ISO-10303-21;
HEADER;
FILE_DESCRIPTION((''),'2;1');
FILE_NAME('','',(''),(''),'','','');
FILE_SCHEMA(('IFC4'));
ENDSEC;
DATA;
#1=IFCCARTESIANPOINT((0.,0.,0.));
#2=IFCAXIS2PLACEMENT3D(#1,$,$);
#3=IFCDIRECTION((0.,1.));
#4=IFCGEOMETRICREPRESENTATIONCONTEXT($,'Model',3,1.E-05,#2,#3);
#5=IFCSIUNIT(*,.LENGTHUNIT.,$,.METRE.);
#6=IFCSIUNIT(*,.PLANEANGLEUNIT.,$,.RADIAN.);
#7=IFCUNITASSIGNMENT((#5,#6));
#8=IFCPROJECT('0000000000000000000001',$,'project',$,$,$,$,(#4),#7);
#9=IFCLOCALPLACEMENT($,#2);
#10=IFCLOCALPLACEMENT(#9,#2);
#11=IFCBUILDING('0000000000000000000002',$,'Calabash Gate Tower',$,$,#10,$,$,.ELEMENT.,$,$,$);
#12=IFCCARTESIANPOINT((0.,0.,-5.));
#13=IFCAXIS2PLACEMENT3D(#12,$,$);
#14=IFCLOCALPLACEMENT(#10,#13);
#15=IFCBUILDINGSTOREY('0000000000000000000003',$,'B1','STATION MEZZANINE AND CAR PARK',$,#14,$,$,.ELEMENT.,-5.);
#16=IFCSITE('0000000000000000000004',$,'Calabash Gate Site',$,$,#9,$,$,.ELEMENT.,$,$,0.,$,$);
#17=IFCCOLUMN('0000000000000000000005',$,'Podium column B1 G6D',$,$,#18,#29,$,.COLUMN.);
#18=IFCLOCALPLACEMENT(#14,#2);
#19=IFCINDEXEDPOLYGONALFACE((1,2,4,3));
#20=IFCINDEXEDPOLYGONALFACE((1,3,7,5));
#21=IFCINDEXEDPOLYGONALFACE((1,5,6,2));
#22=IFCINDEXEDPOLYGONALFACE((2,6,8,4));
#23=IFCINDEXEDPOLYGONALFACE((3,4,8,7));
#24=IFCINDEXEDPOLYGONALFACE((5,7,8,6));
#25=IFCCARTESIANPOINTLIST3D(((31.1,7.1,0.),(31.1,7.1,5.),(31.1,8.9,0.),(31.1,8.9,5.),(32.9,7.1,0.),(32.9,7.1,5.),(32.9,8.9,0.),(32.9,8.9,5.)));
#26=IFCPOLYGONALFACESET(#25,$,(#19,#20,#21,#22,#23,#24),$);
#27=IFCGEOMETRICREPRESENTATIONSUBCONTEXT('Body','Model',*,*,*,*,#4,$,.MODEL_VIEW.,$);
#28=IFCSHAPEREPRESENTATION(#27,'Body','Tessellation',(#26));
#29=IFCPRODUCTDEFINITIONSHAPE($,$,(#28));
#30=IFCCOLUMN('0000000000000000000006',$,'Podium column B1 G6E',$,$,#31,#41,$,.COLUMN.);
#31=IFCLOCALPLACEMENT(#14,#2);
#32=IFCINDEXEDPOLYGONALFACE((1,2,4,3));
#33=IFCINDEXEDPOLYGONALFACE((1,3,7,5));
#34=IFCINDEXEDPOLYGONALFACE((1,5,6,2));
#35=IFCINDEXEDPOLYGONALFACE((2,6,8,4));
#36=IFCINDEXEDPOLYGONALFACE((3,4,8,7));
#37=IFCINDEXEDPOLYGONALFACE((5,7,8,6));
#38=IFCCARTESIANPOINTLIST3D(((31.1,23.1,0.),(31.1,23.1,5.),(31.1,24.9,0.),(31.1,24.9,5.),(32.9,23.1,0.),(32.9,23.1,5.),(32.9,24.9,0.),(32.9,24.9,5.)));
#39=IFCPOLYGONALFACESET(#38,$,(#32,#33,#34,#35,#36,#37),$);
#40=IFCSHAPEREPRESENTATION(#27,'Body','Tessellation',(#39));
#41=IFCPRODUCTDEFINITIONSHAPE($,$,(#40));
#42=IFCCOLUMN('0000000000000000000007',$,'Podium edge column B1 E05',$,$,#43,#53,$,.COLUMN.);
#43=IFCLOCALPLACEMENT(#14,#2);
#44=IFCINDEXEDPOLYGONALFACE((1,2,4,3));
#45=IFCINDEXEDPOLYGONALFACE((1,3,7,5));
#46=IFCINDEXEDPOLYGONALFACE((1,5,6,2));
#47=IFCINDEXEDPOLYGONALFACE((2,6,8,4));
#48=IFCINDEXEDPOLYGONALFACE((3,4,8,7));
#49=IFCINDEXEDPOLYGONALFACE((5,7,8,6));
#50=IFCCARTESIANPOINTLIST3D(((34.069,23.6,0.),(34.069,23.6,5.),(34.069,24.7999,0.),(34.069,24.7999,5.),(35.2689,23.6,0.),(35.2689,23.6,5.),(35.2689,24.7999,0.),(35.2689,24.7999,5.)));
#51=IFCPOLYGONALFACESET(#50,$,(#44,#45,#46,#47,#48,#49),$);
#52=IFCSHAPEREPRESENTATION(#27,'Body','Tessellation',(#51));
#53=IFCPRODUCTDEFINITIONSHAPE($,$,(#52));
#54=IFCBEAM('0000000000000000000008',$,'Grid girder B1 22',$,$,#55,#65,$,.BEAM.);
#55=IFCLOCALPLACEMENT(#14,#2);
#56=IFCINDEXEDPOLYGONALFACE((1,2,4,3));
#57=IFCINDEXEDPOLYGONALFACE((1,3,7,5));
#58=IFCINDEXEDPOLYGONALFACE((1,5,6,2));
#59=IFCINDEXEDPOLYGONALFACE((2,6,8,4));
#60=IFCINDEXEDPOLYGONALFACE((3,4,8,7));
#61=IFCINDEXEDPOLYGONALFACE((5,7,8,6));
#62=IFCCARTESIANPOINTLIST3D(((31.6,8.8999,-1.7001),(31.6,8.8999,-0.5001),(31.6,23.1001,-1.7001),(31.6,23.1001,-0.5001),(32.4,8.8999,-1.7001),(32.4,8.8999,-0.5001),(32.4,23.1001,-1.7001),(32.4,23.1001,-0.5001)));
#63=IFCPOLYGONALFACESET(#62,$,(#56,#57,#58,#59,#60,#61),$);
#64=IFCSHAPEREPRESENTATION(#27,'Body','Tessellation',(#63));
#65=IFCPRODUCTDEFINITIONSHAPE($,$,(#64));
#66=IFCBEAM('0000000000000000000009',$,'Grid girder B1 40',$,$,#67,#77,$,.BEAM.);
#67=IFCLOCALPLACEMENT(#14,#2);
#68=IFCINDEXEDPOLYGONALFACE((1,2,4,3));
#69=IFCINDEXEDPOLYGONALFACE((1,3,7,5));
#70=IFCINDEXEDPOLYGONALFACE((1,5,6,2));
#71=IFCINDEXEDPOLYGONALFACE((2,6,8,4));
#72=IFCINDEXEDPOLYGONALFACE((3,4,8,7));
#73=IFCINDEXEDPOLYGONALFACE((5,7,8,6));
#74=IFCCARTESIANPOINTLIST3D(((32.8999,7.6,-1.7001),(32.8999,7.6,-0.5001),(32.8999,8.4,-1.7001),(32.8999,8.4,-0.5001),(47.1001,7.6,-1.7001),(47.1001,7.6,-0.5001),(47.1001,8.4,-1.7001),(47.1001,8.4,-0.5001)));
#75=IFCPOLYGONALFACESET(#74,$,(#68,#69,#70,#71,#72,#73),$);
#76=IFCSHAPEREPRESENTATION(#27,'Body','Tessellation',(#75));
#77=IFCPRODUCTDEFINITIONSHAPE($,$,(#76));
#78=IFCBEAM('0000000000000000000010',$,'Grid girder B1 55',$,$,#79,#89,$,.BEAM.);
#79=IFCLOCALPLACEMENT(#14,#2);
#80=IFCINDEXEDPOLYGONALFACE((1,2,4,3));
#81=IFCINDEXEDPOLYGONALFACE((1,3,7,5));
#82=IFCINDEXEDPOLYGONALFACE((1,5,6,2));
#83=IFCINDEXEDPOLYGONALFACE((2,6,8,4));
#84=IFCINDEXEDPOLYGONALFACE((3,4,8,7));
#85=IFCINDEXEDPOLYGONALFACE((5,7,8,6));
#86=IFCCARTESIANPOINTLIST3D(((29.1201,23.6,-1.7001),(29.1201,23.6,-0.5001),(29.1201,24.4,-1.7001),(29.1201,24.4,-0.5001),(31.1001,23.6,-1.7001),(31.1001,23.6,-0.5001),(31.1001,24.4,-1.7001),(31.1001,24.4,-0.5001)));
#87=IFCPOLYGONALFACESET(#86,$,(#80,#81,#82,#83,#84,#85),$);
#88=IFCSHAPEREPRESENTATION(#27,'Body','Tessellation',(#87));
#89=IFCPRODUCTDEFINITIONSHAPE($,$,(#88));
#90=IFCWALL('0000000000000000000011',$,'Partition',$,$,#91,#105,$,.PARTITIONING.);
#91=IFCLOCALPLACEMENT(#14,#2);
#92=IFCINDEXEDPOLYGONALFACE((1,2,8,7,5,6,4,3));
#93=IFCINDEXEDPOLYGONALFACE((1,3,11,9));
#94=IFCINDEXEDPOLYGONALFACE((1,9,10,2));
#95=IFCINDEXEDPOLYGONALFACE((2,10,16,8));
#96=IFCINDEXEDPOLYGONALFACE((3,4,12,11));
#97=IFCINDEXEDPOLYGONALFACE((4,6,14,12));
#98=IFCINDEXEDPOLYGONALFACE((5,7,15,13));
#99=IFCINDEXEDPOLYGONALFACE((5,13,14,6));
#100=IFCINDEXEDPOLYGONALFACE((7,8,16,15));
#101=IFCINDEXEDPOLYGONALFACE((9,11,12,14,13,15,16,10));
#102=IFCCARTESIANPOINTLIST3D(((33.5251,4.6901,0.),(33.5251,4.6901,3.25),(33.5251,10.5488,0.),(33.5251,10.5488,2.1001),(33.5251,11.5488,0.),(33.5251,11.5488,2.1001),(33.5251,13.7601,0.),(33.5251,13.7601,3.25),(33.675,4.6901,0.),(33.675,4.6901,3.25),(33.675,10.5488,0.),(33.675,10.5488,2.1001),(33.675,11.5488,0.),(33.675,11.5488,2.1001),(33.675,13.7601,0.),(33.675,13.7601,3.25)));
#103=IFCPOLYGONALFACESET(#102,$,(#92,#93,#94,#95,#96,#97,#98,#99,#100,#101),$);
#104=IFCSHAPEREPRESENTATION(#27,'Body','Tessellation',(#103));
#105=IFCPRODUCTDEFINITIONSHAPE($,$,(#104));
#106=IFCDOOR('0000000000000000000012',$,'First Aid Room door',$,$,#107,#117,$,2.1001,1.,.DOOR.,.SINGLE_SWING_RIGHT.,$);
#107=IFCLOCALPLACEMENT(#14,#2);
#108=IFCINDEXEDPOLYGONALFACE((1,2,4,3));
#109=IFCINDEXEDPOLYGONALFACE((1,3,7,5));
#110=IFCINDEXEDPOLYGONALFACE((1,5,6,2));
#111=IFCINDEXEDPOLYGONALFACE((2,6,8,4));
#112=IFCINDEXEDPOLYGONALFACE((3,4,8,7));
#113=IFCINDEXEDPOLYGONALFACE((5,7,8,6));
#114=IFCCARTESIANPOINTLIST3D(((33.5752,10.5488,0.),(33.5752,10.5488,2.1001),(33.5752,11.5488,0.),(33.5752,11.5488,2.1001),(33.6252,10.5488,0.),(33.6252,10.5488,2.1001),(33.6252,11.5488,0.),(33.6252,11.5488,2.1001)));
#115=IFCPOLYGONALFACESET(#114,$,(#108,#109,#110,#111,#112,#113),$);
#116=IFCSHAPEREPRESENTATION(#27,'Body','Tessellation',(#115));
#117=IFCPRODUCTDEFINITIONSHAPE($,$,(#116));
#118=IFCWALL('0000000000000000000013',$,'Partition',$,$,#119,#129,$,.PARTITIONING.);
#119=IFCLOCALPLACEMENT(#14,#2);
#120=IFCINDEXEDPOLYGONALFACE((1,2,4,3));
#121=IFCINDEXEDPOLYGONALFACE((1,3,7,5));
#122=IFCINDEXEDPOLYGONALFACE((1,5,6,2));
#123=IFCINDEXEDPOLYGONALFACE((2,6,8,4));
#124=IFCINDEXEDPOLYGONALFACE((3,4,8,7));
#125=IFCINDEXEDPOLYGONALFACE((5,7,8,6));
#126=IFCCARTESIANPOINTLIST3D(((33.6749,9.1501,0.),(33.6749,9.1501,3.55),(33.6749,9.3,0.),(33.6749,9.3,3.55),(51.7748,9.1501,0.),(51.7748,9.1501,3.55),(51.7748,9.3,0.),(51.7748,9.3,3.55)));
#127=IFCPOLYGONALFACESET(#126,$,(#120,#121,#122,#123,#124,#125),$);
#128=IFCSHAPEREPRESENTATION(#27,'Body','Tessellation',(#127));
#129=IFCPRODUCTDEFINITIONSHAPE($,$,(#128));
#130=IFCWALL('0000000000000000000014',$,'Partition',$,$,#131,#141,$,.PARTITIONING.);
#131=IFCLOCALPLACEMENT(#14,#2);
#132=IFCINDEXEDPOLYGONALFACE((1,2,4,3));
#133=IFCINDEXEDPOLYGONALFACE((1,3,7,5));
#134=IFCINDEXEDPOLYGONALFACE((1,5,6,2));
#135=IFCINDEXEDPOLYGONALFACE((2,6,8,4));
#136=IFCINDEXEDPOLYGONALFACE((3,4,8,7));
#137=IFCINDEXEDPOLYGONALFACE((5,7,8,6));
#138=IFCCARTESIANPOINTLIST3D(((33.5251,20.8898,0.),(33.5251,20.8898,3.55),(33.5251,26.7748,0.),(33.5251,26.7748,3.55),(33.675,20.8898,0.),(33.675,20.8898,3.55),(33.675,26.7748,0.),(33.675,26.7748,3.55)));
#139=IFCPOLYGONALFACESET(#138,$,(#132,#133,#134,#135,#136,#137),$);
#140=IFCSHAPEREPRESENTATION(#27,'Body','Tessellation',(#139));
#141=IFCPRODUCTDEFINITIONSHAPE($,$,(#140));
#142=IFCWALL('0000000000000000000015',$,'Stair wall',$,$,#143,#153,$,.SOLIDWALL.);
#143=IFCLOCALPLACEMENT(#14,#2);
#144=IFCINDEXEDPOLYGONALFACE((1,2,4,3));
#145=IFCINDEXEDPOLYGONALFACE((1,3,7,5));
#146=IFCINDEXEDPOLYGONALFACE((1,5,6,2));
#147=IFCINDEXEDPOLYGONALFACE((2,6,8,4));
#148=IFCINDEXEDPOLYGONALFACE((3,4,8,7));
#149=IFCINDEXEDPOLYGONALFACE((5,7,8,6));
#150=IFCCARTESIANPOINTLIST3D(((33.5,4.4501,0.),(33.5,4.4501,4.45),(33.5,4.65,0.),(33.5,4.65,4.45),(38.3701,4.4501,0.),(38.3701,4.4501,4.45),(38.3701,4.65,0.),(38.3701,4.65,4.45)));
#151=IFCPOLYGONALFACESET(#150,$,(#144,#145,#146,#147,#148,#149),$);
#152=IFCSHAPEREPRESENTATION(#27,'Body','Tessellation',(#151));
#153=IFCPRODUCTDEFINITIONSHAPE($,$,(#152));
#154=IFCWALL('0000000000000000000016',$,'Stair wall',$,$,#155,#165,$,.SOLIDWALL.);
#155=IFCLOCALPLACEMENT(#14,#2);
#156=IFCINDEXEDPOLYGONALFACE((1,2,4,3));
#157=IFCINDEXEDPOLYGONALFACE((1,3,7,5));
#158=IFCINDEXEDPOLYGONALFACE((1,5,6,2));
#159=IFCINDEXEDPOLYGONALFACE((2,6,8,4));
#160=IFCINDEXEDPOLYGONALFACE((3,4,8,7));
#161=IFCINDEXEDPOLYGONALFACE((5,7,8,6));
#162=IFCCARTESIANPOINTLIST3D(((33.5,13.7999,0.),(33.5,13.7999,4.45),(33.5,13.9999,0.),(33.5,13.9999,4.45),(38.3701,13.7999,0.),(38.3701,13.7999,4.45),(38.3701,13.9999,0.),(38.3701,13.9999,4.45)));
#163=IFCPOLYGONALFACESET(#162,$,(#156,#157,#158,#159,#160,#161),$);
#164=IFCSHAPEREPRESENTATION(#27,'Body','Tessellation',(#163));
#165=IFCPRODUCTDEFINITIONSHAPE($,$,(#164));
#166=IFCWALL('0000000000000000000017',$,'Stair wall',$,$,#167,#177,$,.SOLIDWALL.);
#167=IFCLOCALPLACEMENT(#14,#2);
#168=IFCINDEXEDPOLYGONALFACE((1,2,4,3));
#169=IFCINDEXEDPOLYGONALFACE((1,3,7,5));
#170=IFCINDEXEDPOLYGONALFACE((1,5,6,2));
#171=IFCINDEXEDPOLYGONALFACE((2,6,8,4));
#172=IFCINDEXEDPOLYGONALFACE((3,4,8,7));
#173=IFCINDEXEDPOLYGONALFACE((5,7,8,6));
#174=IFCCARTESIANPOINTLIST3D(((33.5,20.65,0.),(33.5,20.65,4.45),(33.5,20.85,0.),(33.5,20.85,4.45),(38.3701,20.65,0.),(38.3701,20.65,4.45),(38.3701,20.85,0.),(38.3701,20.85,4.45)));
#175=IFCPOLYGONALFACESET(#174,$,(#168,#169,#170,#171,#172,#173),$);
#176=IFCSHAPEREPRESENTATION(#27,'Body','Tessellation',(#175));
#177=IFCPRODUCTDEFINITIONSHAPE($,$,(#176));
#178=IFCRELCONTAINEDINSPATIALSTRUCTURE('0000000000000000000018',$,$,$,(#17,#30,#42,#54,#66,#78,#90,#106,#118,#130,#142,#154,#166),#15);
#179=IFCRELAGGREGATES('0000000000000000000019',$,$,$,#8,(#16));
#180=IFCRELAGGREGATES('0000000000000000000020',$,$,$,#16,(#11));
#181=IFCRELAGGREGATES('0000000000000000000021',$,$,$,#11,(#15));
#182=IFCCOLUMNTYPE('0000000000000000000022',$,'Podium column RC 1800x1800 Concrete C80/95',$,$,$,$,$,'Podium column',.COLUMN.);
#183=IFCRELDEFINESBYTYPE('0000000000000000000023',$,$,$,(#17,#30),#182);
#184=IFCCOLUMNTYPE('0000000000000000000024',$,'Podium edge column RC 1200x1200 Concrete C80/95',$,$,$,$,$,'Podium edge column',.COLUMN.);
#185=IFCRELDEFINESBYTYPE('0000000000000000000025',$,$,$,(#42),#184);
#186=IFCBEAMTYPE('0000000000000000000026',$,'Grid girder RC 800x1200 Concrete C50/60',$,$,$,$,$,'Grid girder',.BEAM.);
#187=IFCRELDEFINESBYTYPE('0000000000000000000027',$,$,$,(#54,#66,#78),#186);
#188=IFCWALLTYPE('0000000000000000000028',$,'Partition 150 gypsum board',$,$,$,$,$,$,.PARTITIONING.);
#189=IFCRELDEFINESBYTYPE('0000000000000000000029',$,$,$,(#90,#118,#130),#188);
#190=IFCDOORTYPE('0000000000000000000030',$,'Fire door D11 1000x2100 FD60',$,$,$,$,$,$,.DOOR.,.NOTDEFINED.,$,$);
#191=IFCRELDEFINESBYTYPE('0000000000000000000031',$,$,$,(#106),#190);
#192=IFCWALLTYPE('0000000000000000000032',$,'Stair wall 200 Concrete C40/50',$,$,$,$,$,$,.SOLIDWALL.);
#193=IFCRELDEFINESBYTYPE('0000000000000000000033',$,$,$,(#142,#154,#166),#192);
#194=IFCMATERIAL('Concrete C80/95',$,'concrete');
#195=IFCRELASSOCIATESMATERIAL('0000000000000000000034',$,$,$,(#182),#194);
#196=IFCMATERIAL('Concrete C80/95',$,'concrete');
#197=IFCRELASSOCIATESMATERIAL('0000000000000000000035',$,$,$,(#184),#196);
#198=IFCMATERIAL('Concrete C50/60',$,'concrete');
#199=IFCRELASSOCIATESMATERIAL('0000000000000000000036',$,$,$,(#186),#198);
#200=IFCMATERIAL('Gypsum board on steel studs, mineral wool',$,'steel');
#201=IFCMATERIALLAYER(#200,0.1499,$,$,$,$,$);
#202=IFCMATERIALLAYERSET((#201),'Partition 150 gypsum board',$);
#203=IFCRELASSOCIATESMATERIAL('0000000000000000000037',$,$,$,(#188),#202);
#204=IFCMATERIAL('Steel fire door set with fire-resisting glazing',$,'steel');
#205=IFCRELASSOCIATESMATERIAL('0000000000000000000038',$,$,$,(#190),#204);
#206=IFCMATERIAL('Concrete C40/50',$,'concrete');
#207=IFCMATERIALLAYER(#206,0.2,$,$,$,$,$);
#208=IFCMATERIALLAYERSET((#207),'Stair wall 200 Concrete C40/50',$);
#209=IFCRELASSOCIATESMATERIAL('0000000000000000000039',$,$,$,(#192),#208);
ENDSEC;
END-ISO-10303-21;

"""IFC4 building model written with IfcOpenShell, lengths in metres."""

from ifc_helpers import new_model, si_unit, direction, frame, frame_2d, origin, origin_2d, place, context, subcontext, project, spatial, rectangle, extrude, material, layer, layer_set, material_profile, profile_set, type_object, element, fill, save


model = new_model("IFC4")

# Units and contexts
model_context = context("Model", 3, precision=1e-05, world=origin(), true_north=direction((0.0, 1.0)))
body_context = subcontext(model_context, "Body", "Model", "MODEL_VIEW")
ifc_project = project(units=[si_unit("LENGTHUNIT", "METRE"), si_unit("PLANEANGLEUNIT", "RADIAN")], contexts=[model_context])

# Site, building, storey
site_placement = place(None, origin())
site = spatial("IfcSite", under=ifc_project, at=site_placement, Name="Calabash Gate Site", CompositionType="ELEMENT", RefElevation=0.0)
building_placement = place(site_placement, origin())
building = spatial("IfcBuilding", under=site, at=building_placement, Name="Calabash Gate Tower", CompositionType="ELEMENT")
storey_placement = place(building_placement, frame((0.0, 0.0, -5.0)))
storey = spatial("IfcBuildingStorey", under=building, at=storey_placement, Name="B1", Description="STATION MEZZANINE AND CAR PARK", CompositionType="ELEMENT", Elevation=-5.0)

# Columns
ifc_material_1 = material(Name="Concrete C80/95", Category="concrete")
ifc_material_profile_1 = material_profile(ifc_material_1, rectangle(XDim=1.8, YDim=1.8, at=origin_2d()))
ifc_profile_set_1 = profile_set([ifc_material_profile_1], Name="Concrete C80/95")
column_type_1 = type_object("IfcColumnType", Name="Podium column RC 1800x1800 Concrete C80/95", ElementType="Podium column", PredefinedType="COLUMN", material=ifc_profile_set_1)
for number, where, z_axis, x_axis, name in (
    (1, (32.0, 8.0, 0.0), (0.0, 0.0, 1.0), (1.0, 0.0, 0.0), "Podium column B1 G6D"),
    (2, (32.0, 24.0, 0.0), (0.0, 0.0, 1.0), (1.0, 0.0, 0.0), "Podium column B1 G6E"),
):
    element("IfcColumn", number, at=place(storey_placement, frame(where, z_axis=z_axis, x_axis=x_axis)), inside=storey, type_object=column_type_1, Name=name, PredefinedType="COLUMN", context=body_context, shape_type="SweptSolid", body=[
        extrude(rectangle(XDim=1.8, YDim=1.8, at=origin_2d()), origin(), (0.0, 0.0, 1.0), 5.0),
    ])
ifc_material_2 = material(Name="Concrete C80/95", Category="concrete")
ifc_material_profile_2 = material_profile(ifc_material_2, rectangle(XDim=1.2, YDim=1.2, at=origin_2d()))
ifc_profile_set_2 = profile_set([ifc_material_profile_2], Name="Concrete C80/95")
column_type_2 = type_object("IfcColumnType", Name="Podium edge column RC 1200x1200 Concrete C80/95", ElementType="Podium edge column", PredefinedType="COLUMN", material=ifc_profile_set_2)
column_placement = place(storey_placement, frame((34.6689, 24.2, 0.0), z_axis=(0.0, 0.0, 1.0), x_axis=(1.0, 0.0, 0.0)))
element("IfcColumn", 3, at=column_placement, inside=storey, type_object=column_type_2, Name="Podium edge column B1 E05", PredefinedType="COLUMN", context=body_context, shape_type="SweptSolid", body=[
    extrude(rectangle(XDim=1.2, YDim=1.2, at=origin_2d()), origin(), (0.0, 0.0, 1.0), 5.0),
])

# Beams
ifc_material_3 = material(Name="Concrete C50/60", Category="concrete")
ifc_material_profile_3 = material_profile(ifc_material_3, rectangle(XDim=0.8, YDim=1.2, at=origin_2d()))
ifc_profile_set_3 = profile_set([ifc_material_profile_3], Name="Concrete C50/60")
beam_type = type_object("IfcBeamType", Name="Grid girder RC 800x1200 Concrete C50/60", ElementType="Grid girder", PredefinedType="BEAM", material=ifc_profile_set_3)
for number, where, z_axis, x_axis, name in (
    (4, (32.0, 8.8999, -1.1001), (0.0, 1.0, 0.0), (-1.0, 0.0, 0.0), "Grid girder B1 22"),
    (5, (32.8999, 8.0, -1.1001), (1.0, 0.0, 0.0), (0.0, 1.0, 0.0), "Grid girder B1 40"),
):
    element("IfcBeam", number, at=place(storey_placement, frame(where, z_axis=z_axis, x_axis=x_axis)), inside=storey, type_object=beam_type, Name=name, PredefinedType="BEAM", context=body_context, shape_type="SweptSolid", body=[
        extrude(rectangle(XDim=0.8, YDim=1.2, at=origin_2d()), origin(), (0.0, 0.0, 1.0), 14.2002),
    ])
beam_placement = place(storey_placement, frame((29.1201, 24.0, -1.1001), z_axis=(1.0, 0.0, 0.0), x_axis=(0.0, 1.0, 0.0)))
element("IfcBeam", 6, at=beam_placement, inside=storey, type_object=beam_type, Name="Grid girder B1 55", PredefinedType="BEAM", context=body_context, shape_type="SweptSolid", body=[
    extrude(rectangle(XDim=0.8, YDim=1.2, at=origin_2d()), origin(), (0.0, 0.0, 1.0), 1.98),
])

# Wall, opening, door
ifc_material_4 = material(Name="Gypsum board on steel studs, mineral wool", Category="steel")
ifc_layer_1 = layer(ifc_material_4, 0.1499)
ifc_layer_set_1 = layer_set([ifc_layer_1], Name="Partition 150 gypsum board")
wall_type_1 = type_object("IfcWallType", Name="Partition 150 gypsum board", PredefinedType="PARTITIONING", material=ifc_layer_set_1)
wall_1_placement = place(storey_placement, frame((33.6001, 4.6899, 0.0), z_axis=(0.0, 0.0, 1.0), x_axis=(0.0, 1.0, 0.0)))
wall_1 = element("IfcWall", 7, at=wall_1_placement, inside=storey, type_object=wall_type_1, Name="Partition", PredefinedType="PARTITIONING", context=body_context, shape_type="SweptSolid", body=[
    extrude(rectangle(XDim=9.0701, YDim=0.1499, at=frame_2d((4.5352, 0.0))), origin(), (0.0, 0.0, 1.0), 3.25),
])
opening_1_placement = place(wall_1_placement, frame((5.8589, 0.0, 0.0)))
opening_1 = element("IfcOpeningElement", 8, at=opening_1_placement, cuts=wall_1, PredefinedType="OPENING", context=body_context, shape_type="SweptSolid", body=[
    extrude(rectangle(XDim=1.0, YDim=2.1001, at=frame_2d((0.5, 1.05))), frame((0.0, 0.085, 0.0), z_axis=(0.0, -1.0, 0.0), x_axis=(1.0, 0.0, 0.0)), (0.0, 0.0, 1.0), 0.1699),
])
ifc_material_5 = material(Name="Steel fire door set with fire-resisting glazing", Category="steel")
door_type_1 = type_object("IfcDoorType", Name="Fire door D11 1000x2100 FD60", OperationType="NOTDEFINED", PredefinedType="DOOR", material=ifc_material_5)
door_1_placement = place(opening_1_placement, origin())
door_1 = element("IfcDoor", 9, at=door_1_placement, inside=storey, type_object=door_type_1, Name="First Aid Room door", OperationType="SINGLE_SWING_RIGHT", OverallHeight=2.1001, OverallWidth=1.0, PredefinedType="DOOR", context=body_context, shape_type="SweptSolid", body=[
    extrude(rectangle(XDim=1.0, YDim=2.1001, at=frame_2d((0.5, 1.05))), frame((0.0, 0.0249, 0.0), z_axis=(0.0, -1.0, 0.0), x_axis=(1.0, 0.0, 0.0)), (0.0, 0.0, 1.0), 0.05),
])
fill(opening_1, door_1)

# Walls
wall_2_placement = place(storey_placement, frame((33.675, 9.2251, 0.0), z_axis=(0.0, 0.0, 1.0), x_axis=(1.0, 0.0, 0.0)))
element("IfcWall", 10, at=wall_2_placement, inside=storey, type_object=wall_type_1, Name="Partition", PredefinedType="PARTITIONING", context=body_context, shape_type="SweptSolid", body=[
    extrude(rectangle(XDim=18.0999, YDim=0.1499, at=frame_2d((9.0498, 0.0))), origin(), (0.0, 0.0, 1.0), 3.55),
])
wall_3_placement = place(storey_placement, frame((33.6001, 20.8899, 0.0), z_axis=(0.0, 0.0, 1.0), x_axis=(0.0, 1.0, 0.0)))
element("IfcWall", 11, at=wall_3_placement, inside=storey, type_object=wall_type_1, Name="Partition", PredefinedType="PARTITIONING", context=body_context, shape_type="SweptSolid", body=[
    extrude(rectangle(XDim=5.885, YDim=0.1499, at=frame_2d((2.9424, 0.0))), origin(), (0.0, 0.0, 1.0), 3.55),
])
ifc_material_6 = material(Name="Concrete C40/50", Category="concrete")
ifc_layer_2 = layer(ifc_material_6, 0.2)
ifc_layer_set_2 = layer_set([ifc_layer_2], Name="Stair wall 200 Concrete C40/50")
wall_type_2 = type_object("IfcWallType", Name="Stair wall 200 Concrete C40/50", PredefinedType="SOLIDWALL", material=ifc_layer_set_2)
for number, where, z_axis, x_axis, name in (
    (12, (33.5, 4.55, 0.0), (0.0, 0.0, 1.0), (1.0, 0.0, 0.0), "Stair wall"),
    (13, (33.5, 13.8999, 0.0), (0.0, 0.0, 1.0), (1.0, 0.0, 0.0), "Stair wall"),
    (14, (33.5, 20.75, 0.0), (0.0, 0.0, 1.0), (1.0, 0.0, 0.0), "Stair wall"),
):
    element("IfcWall", number, at=place(storey_placement, frame(where, z_axis=z_axis, x_axis=x_axis)), inside=storey, type_object=wall_type_2, Name=name, PredefinedType="SOLIDWALL", context=body_context, shape_type="SweptSolid", body=[
        extrude(rectangle(XDim=4.8701, YDim=0.2, at=frame_2d((2.4351, 0.0))), origin(), (0.0, 0.0, 1.0), 4.45),
    ])

save(model, "model.ifc")
